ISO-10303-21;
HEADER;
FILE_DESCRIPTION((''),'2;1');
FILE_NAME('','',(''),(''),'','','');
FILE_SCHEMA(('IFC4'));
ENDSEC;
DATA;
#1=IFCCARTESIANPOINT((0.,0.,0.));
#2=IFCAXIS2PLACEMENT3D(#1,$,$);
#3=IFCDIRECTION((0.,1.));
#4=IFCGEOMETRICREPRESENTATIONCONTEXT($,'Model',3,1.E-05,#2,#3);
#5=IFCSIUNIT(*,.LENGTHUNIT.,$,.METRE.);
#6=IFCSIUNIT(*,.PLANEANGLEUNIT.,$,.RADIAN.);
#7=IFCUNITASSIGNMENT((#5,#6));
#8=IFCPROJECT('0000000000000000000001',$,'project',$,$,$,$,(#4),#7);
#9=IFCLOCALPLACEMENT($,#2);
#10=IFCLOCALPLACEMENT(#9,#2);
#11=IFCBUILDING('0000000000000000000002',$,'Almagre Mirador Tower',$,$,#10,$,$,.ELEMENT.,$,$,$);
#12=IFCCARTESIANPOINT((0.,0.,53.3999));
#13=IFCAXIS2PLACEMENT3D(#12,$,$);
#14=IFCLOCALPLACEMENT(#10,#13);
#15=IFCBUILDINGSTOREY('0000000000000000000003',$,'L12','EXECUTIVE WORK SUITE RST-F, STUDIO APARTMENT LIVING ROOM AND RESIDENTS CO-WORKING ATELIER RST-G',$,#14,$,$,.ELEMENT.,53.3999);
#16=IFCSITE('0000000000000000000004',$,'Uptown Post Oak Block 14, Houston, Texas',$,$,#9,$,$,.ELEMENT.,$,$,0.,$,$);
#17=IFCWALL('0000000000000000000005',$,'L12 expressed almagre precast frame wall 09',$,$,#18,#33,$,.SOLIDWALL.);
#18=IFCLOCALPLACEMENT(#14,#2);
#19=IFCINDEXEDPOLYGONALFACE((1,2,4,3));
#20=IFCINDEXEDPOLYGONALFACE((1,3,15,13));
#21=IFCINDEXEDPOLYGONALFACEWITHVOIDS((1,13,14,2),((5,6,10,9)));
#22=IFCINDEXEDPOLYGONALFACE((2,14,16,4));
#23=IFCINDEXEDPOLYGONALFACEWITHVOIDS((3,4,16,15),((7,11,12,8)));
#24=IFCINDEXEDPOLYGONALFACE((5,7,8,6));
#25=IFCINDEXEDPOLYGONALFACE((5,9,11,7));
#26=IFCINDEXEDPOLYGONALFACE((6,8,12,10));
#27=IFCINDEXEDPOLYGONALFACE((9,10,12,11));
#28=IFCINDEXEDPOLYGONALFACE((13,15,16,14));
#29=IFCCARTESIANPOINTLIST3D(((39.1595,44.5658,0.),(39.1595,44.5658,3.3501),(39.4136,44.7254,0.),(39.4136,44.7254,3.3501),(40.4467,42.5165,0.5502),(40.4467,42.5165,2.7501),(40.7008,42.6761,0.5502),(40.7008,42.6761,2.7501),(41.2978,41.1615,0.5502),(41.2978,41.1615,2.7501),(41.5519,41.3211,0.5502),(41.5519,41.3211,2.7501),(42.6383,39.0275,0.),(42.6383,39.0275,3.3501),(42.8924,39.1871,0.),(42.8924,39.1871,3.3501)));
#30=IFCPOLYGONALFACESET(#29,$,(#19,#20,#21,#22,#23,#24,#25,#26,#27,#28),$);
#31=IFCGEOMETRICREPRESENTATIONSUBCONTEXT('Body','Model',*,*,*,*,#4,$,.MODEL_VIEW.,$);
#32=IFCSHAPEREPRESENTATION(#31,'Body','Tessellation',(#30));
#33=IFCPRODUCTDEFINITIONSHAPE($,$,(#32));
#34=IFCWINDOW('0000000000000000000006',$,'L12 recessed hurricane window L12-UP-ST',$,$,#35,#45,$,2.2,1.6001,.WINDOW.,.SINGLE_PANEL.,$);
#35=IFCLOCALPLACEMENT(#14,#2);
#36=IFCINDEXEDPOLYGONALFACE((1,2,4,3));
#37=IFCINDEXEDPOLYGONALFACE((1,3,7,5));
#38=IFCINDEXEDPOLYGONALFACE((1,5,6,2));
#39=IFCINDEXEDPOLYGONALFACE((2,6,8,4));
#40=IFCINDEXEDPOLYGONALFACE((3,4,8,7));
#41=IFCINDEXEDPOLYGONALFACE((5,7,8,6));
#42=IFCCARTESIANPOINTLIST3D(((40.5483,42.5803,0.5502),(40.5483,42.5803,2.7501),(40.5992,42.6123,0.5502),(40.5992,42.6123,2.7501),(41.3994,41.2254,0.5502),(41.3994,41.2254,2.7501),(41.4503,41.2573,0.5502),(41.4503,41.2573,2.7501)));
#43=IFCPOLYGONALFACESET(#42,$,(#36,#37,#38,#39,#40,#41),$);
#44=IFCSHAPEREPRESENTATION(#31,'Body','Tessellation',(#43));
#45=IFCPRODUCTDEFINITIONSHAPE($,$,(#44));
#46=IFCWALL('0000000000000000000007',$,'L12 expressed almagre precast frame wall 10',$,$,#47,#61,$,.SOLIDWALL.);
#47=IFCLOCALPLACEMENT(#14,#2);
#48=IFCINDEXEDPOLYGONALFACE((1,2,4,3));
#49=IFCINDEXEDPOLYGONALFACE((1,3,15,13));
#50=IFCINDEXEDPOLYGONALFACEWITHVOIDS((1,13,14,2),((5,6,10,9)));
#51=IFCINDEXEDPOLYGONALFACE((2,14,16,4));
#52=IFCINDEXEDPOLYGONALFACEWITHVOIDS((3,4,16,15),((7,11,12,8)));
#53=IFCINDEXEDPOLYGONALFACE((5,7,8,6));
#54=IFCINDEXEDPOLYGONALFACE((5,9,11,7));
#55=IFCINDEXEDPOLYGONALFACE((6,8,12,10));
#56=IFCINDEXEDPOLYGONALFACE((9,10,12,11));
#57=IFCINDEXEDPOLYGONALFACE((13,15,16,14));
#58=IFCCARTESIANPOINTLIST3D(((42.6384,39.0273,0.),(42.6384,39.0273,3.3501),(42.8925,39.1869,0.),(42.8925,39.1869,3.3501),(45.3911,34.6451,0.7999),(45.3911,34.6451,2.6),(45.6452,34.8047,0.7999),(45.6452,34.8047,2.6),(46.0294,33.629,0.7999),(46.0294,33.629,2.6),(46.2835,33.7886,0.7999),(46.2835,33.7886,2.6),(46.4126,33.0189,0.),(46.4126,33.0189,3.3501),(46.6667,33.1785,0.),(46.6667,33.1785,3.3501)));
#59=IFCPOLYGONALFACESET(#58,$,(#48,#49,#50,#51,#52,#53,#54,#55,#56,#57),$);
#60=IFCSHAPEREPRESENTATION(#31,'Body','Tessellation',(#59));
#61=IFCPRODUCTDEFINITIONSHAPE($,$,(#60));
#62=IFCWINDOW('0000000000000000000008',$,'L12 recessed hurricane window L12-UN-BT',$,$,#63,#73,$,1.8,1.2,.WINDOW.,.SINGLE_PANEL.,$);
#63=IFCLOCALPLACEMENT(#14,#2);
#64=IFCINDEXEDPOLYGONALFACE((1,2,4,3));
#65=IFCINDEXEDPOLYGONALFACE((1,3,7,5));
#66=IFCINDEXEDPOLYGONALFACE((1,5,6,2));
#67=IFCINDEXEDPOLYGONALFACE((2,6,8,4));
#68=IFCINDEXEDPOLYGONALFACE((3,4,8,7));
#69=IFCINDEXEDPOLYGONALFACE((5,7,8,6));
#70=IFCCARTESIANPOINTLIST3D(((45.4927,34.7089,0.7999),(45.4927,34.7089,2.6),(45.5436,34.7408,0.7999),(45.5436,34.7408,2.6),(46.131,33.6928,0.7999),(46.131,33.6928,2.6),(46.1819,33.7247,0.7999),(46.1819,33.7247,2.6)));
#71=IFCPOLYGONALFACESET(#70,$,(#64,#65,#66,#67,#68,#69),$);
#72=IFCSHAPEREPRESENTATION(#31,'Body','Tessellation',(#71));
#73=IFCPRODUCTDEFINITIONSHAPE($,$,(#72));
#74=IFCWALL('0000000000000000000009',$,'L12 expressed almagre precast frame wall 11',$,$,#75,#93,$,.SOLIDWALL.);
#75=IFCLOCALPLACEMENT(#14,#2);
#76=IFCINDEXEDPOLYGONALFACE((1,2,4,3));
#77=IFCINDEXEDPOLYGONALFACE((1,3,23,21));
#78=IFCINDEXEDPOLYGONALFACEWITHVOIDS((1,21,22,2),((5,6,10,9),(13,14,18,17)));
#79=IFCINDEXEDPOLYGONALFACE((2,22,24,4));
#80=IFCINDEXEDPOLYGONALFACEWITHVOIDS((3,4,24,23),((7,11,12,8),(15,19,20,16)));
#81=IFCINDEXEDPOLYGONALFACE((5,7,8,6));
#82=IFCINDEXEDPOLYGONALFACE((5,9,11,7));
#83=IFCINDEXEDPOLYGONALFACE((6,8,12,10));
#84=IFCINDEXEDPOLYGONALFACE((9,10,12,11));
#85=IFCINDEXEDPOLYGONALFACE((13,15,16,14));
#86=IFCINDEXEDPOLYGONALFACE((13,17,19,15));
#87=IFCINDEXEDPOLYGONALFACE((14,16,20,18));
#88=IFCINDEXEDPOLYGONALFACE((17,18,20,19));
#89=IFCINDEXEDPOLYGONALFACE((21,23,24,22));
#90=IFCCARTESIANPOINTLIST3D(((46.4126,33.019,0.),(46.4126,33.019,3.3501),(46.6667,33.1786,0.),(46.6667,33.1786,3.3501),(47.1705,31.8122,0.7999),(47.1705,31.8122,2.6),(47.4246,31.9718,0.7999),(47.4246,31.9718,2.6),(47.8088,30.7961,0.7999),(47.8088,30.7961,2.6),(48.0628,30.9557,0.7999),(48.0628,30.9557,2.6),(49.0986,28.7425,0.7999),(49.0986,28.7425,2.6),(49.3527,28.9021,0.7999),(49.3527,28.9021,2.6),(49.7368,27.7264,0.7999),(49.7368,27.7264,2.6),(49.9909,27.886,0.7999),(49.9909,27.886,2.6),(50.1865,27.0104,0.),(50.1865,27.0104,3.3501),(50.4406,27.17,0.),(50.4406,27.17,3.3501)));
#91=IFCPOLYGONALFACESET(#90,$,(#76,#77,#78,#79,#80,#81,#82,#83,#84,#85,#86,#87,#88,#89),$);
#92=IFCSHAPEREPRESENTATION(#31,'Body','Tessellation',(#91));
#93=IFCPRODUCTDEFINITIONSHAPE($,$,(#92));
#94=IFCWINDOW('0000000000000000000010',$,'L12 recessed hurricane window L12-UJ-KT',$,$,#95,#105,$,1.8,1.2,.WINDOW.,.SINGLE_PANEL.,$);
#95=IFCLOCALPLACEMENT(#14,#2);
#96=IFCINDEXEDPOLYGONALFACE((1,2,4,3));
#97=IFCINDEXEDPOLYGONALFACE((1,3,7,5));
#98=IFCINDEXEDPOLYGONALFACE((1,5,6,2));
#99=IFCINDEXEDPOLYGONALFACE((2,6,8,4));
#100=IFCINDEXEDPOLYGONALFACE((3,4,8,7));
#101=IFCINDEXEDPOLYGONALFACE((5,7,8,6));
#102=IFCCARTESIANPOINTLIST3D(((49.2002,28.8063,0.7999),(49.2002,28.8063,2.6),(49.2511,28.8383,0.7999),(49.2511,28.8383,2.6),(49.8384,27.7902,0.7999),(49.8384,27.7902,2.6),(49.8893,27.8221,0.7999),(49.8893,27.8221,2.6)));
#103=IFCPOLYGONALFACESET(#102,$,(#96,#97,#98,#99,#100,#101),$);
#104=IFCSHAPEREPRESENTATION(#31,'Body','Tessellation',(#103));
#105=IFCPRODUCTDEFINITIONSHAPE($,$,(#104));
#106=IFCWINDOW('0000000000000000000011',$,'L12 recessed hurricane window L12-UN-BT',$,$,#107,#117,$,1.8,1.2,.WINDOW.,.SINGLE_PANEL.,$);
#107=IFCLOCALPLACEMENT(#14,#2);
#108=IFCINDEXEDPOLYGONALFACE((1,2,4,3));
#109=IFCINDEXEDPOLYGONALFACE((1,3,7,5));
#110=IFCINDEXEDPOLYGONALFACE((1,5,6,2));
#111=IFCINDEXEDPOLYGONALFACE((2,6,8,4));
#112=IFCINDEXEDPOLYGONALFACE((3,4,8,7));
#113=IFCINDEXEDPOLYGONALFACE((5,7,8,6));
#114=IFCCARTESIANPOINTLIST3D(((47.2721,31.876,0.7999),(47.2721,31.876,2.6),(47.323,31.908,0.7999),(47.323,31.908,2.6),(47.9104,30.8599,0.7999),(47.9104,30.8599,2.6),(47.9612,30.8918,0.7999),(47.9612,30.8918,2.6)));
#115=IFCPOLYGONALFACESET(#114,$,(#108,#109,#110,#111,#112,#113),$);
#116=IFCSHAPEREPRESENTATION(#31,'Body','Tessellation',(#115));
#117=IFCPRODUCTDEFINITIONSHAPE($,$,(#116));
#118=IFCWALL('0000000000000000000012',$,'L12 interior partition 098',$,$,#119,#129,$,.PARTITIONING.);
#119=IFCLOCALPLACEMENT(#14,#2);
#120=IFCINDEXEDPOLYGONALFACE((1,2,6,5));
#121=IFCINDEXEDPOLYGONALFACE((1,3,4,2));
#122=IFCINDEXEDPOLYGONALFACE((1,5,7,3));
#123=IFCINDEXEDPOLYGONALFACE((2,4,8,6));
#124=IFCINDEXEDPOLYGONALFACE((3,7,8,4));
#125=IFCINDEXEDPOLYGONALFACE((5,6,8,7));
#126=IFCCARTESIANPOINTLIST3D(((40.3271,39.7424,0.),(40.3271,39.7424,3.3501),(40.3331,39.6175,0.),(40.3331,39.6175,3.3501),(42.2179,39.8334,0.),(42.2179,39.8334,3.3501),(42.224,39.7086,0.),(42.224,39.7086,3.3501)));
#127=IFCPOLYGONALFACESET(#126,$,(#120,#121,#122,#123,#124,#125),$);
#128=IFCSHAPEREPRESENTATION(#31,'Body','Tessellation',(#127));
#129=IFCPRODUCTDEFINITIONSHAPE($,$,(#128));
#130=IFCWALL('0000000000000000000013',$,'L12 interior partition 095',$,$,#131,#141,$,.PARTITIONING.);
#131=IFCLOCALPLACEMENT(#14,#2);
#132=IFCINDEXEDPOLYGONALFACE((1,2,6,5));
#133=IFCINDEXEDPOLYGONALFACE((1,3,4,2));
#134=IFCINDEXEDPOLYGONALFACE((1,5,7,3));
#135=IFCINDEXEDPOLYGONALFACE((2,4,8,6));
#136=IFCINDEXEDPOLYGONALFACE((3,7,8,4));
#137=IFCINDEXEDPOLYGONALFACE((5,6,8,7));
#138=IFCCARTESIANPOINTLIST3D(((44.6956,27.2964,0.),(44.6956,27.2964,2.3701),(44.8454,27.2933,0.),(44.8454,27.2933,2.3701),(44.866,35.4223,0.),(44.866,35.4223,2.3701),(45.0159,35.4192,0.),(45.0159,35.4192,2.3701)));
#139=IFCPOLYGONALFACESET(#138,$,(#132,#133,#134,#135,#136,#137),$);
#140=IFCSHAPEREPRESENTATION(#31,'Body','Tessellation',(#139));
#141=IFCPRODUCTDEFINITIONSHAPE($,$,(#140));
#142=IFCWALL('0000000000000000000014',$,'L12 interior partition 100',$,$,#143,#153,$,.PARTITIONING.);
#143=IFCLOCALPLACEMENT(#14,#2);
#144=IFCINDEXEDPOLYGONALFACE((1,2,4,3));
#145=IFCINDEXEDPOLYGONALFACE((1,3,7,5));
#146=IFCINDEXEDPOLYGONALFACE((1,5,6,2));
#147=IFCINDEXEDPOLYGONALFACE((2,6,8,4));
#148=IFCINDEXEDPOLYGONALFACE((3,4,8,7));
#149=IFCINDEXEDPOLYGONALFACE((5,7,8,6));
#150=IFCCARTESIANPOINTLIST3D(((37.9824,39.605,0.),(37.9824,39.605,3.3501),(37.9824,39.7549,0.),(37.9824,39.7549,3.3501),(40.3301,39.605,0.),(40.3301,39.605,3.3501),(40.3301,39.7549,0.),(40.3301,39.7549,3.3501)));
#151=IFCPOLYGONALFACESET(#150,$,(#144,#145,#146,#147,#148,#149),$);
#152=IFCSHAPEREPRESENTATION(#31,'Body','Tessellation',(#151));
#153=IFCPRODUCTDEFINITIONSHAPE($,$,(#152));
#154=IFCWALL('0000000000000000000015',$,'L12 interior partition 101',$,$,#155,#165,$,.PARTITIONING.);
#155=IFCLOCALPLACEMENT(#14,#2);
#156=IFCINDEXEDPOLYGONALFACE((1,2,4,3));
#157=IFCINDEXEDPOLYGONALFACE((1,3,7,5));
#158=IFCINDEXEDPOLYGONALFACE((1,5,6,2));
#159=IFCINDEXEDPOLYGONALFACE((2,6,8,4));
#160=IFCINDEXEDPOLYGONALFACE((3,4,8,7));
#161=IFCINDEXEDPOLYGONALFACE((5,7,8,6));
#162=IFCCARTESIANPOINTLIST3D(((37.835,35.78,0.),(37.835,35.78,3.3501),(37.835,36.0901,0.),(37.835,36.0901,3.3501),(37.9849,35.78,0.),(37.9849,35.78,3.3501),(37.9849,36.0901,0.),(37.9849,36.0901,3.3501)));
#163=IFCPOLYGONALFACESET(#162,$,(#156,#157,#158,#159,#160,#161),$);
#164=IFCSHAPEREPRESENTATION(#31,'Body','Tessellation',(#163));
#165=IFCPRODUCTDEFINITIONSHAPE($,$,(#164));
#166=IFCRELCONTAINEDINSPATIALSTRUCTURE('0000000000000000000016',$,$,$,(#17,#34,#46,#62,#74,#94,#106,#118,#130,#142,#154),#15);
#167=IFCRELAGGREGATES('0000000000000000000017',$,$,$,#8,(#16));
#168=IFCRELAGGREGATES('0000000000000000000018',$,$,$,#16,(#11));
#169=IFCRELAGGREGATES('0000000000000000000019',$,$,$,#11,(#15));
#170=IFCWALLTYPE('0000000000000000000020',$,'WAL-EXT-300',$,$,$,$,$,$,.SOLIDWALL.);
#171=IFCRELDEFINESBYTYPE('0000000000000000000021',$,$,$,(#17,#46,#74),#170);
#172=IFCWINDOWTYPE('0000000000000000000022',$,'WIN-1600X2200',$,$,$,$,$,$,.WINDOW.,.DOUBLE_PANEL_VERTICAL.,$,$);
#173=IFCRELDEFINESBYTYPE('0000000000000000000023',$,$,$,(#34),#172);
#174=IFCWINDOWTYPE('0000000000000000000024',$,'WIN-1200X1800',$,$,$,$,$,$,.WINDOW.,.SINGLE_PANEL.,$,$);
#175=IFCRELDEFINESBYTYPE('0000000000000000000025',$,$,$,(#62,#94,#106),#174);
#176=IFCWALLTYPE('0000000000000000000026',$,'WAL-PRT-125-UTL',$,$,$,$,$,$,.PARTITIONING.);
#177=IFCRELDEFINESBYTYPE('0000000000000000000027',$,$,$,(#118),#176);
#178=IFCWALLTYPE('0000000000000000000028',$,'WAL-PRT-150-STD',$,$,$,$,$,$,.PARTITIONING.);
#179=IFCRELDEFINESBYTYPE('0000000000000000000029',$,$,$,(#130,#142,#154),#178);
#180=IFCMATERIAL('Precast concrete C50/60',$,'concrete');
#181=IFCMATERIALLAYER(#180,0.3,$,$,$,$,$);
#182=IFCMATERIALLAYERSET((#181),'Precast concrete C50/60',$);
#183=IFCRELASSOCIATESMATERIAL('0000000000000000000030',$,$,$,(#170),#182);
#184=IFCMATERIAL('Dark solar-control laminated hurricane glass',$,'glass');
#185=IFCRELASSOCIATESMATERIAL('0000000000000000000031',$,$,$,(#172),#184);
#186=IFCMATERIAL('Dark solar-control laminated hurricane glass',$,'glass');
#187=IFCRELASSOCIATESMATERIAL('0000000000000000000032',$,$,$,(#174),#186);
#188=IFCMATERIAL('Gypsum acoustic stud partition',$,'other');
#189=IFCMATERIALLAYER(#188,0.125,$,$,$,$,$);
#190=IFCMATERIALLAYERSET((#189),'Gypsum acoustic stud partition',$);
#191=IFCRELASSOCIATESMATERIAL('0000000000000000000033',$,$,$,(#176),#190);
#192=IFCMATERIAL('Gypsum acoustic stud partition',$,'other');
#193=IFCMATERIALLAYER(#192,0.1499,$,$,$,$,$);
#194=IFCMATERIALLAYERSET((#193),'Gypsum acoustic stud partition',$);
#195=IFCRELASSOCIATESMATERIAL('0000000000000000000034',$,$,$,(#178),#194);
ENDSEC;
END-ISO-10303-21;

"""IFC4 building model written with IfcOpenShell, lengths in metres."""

from ifc_helpers import new_model, si_unit, direction, frame, frame_2d, origin, place, context, subcontext, project, spatial, rectangle, extrude, material, layer, layer_set, type_object, element, fill, save


model = new_model("IFC4")

# Units and contexts
model_context = context("Model", 3, precision=1e-05, world=origin(), true_north=direction((0.0, 1.0)))
body_context = subcontext(model_context, "Body", "Model", "MODEL_VIEW")
ifc_project = project(units=[si_unit("LENGTHUNIT", "METRE"), si_unit("PLANEANGLEUNIT", "RADIAN")], contexts=[model_context])

# Site, building, storey
site_placement = place(None, origin())
site = spatial("IfcSite", under=ifc_project, at=site_placement, Name="Uptown Post Oak Block 14, Houston, Texas", CompositionType="ELEMENT", RefElevation=0.0)
building_placement = place(site_placement, origin())
building = spatial("IfcBuilding", under=site, at=building_placement, Name="Almagre Mirador Tower", CompositionType="ELEMENT")
storey_placement = place(building_placement, frame((0.0, 0.0, 53.3999)))
storey = spatial("IfcBuildingStorey", under=building, at=storey_placement, Name="L12", Description="EXECUTIVE WORK SUITE RST-F, STUDIO APARTMENT LIVING ROOM AND RESIDENTS CO-WORKING ATELIER RST-G", CompositionType="ELEMENT", Elevation=53.3999)

# Shared definitions
ifc_material_1 = material(Name="Precast concrete C50/60", Category="concrete")
ifc_layer_1 = layer(ifc_material_1, 0.3)
ifc_layer_set_1 = layer_set([ifc_layer_1], Name="Precast concrete C50/60")
wall_type_1 = type_object("IfcWallType", Name="WAL-EXT-300", PredefinedType="SOLIDWALL", material=ifc_layer_set_1)

# Walls, openings, windows
wall_1_placement = place(storey_placement, frame((39.2866, 44.6455, 0.0), z_axis=(0.0, 0.0, 1.0), x_axis=(0.5319, -0.846807, 0.0)))
wall_1 = element("IfcWall", 1, at=wall_1_placement, inside=storey, type_object=wall_type_1, Name="L12 expressed almagre precast frame wall 09", PredefinedType="SOLIDWALL", context=body_context, shape_type="SweptSolid", body=[
    extrude(rectangle(XDim=6.5403, YDim=0.3, at=frame_2d((3.27, 0.0))), origin(), (0.0, 0.0, 1.0), 3.3501),
])
opening_1_placement = place(wall_1_placement, frame((2.4199, 0.0, 0.55)))
opening_1 = element("IfcOpeningElement", 2, at=opening_1_placement, cuts=wall_1, PredefinedType="OPENING", context=body_context, shape_type="SweptSolid", body=[
    extrude(rectangle(XDim=1.6001, YDim=2.2, at=frame_2d((0.8, 1.1001))), frame((0.0, 0.1599, 0.0), z_axis=(0.0, -1.0, 0.0), x_axis=(1.0, 0.0, 0.0)), (0.0, 0.0, 1.0), 0.32),
])
ifc_material_2 = material(Name="Dark solar-control laminated hurricane glass", Category="glass")
window_type_1 = type_object("IfcWindowType", Name="WIN-1600X2200", PartitioningType="DOUBLE_PANEL_VERTICAL", PredefinedType="WINDOW", material=ifc_material_2)
window_1_placement = place(opening_1_placement, origin())
window_1 = element("IfcWindow", 3, at=window_1_placement, inside=storey, type_object=window_type_1, Name="L12 recessed hurricane window L12-UP-ST", OverallHeight=2.2, OverallWidth=1.6001, PartitioningType="SINGLE_PANEL", PredefinedType="WINDOW", context=body_context, shape_type="SweptSolid", body=[
    extrude(rectangle(XDim=1.6001, YDim=2.2, at=frame_2d((0.8, 1.1001))), frame((0.0, 0.03, 0.0), z_axis=(0.0, -1.0, 0.0), x_axis=(1.0, 0.0, 0.0)), (0.0, 0.0, 1.0), 0.0601),
])
fill(opening_1, window_1)
wall_2_placement = place(storey_placement, frame((42.7654, 39.1072, 0.0), z_axis=(0.0, 0.0, 1.0), x_axis=(0.531921, -0.846794, 0.0)))
wall_2 = element("IfcWall", 4, at=wall_2_placement, inside=storey, type_object=wall_type_1, Name="L12 expressed almagre precast frame wall 10", PredefinedType="SOLIDWALL", context=body_context, shape_type="SweptSolid", body=[
    extrude(rectangle(XDim=7.0955, YDim=0.3, at=frame_2d((3.5479, 0.0))), origin(), (0.0, 0.0, 1.0), 3.3501),
])
opening_2_placement = place(wall_2_placement, frame((5.175, 0.0, 0.8)))
opening_2 = element("IfcOpeningElement", 5, at=opening_2_placement, cuts=wall_2, PredefinedType="OPENING", context=body_context, shape_type="SweptSolid", body=[
    extrude(rectangle(XDim=1.2, YDim=1.8, at=frame_2d((0.6001, 0.8999))), frame((0.0, 0.1599, 0.0), z_axis=(0.0, -1.0, 0.0), x_axis=(1.0, 0.0, 0.0)), (0.0, 0.0, 1.0), 0.32),
])
ifc_material_3 = material(Name="Dark solar-control laminated hurricane glass", Category="glass")
window_type_2 = type_object("IfcWindowType", Name="WIN-1200X1800", PartitioningType="SINGLE_PANEL", PredefinedType="WINDOW", material=ifc_material_3)
window_2_placement = place(opening_2_placement, origin())
window_2 = element("IfcWindow", 6, at=window_2_placement, inside=storey, type_object=window_type_2, Name="L12 recessed hurricane window L12-UN-BT", OverallHeight=1.8, OverallWidth=1.2, PartitioningType="SINGLE_PANEL", PredefinedType="WINDOW", context=body_context, shape_type="SweptSolid", body=[
    extrude(rectangle(XDim=1.2, YDim=1.8, at=frame_2d((0.6001, 0.8999))), frame((0.0, 0.03, 0.0), z_axis=(0.0, -1.0, 0.0), x_axis=(1.0, 0.0, 0.0)), (0.0, 0.0, 1.0), 0.0601),
])
fill(opening_2, window_2)

# Wall, openings, windows
wall_3_placement = place(storey_placement, frame((46.5396, 33.0989, 0.0), z_axis=(0.0, 0.0, 1.0), x_axis=(0.531881, -0.846819, 0.0)))
wall_3 = element("IfcWall", 7, at=wall_3_placement, inside=storey, type_object=wall_type_1, Name="L12 expressed almagre precast frame wall 11", PredefinedType="SOLIDWALL", context=body_context, shape_type="SweptSolid", body=[
    extrude(rectangle(XDim=7.0955, YDim=0.3, at=frame_2d((3.5479, 0.0))), origin(), (0.0, 0.0, 1.0), 3.3501),
])
opening_3_placement = place(wall_3_placement, frame((5.05, 0.0, 0.8)))
opening_3 = element("IfcOpeningElement", 8, at=opening_3_placement, cuts=wall_3, PredefinedType="OPENING", context=body_context, shape_type="SweptSolid", body=[
    extrude(rectangle(XDim=1.2, YDim=1.8, at=frame_2d((0.6001, 0.8999))), frame((0.0, 0.1599, 0.0), z_axis=(0.0, -1.0, 0.0), x_axis=(1.0, 0.0, 0.0)), (0.0, 0.0, 1.0), 0.32),
])
opening_4_placement = place(wall_3_placement, frame((1.425, 0.0, 0.8)))
opening_4 = element("IfcOpeningElement", 9, at=opening_4_placement, cuts=wall_3, PredefinedType="OPENING", context=body_context, shape_type="SweptSolid", body=[
    extrude(rectangle(XDim=1.2, YDim=1.8, at=frame_2d((0.6001, 0.8999))), frame((0.0, 0.1599, 0.0), z_axis=(0.0, -1.0, 0.0), x_axis=(1.0, 0.0, 0.0)), (0.0, 0.0, 1.0), 0.32),
])
window_3_placement = place(opening_3_placement, origin())
window_3 = element("IfcWindow", 10, at=window_3_placement, inside=storey, type_object=window_type_2, Name="L12 recessed hurricane window L12-UJ-KT", OverallHeight=1.8, OverallWidth=1.2, PartitioningType="SINGLE_PANEL", PredefinedType="WINDOW", context=body_context, shape_type="SweptSolid", body=[
    extrude(rectangle(XDim=1.2, YDim=1.8, at=frame_2d((0.6001, 0.8999))), frame((0.0, 0.03, 0.0), z_axis=(0.0, -1.0, 0.0), x_axis=(1.0, 0.0, 0.0)), (0.0, 0.0, 1.0), 0.0601),
])
fill(opening_3, window_3)
window_4_placement = place(opening_4_placement, origin())
window_4 = element("IfcWindow", 11, at=window_4_placement, inside=storey, type_object=window_type_2, Name="L12 recessed hurricane window L12-UN-BT", OverallHeight=1.8, OverallWidth=1.2, PartitioningType="SINGLE_PANEL", PredefinedType="WINDOW", context=body_context, shape_type="SweptSolid", body=[
    extrude(rectangle(XDim=1.2, YDim=1.8, at=frame_2d((0.6001, 0.8999))), frame((0.0, 0.03, 0.0), z_axis=(0.0, -1.0, 0.0), x_axis=(1.0, 0.0, 0.0)), (0.0, 0.0, 1.0), 0.0601),
])
fill(opening_4, window_4)

# Walls
ifc_material_4 = material(Name="Gypsum acoustic stud partition", Category="other")
ifc_layer_2 = layer(ifc_material_4, 0.125)
ifc_layer_set_2 = layer_set([ifc_layer_2], Name="Gypsum acoustic stud partition")
wall_type_2 = type_object("IfcWallType", Name="WAL-PRT-125-UTL", PredefinedType="PARTITIONING", material=ifc_layer_set_2)
wall_4_placement = place(storey_placement, frame((40.3301, 39.6799, 0.0), z_axis=(0.0, 0.0, 1.0), x_axis=(0.998842, 0.048104, 0.0)))
element("IfcWall", 12, at=wall_4_placement, inside=storey, type_object=wall_type_2, Name="L12 interior partition 098", PredefinedType="PARTITIONING", context=body_context, shape_type="SweptSolid", body=[
    extrude(rectangle(XDim=1.8931, YDim=0.125, at=frame_2d((0.9465, 0.0))), origin(), (0.0, 0.0, 1.0), 3.3501),
])
ifc_material_5 = material(Name="Gypsum acoustic stud partition", Category="other")
ifc_layer_3 = layer(ifc_material_5, 0.1499)
ifc_layer_set_3 = layer_set([ifc_layer_3], Name="Gypsum acoustic stud partition")
wall_type_3 = type_object("IfcWallType", Name="WAL-PRT-150-STD", PredefinedType="PARTITIONING", material=ifc_layer_set_3)
wall_5_placement = place(storey_placement, frame((44.9409, 35.4209, 0.0), z_axis=(0.0, 0.0, 1.0), x_axis=(-0.020966, -0.99978, 0.0)))
element("IfcWall", 13, at=wall_5_placement, inside=storey, type_object=wall_type_3, Name="L12 interior partition 095", PredefinedType="PARTITIONING", context=body_context, shape_type="SweptSolid", body=[
    extrude(rectangle(XDim=8.1277, YDim=0.1499, at=frame_2d((4.064, 0.0))), origin(), (0.0, 0.0, 1.0), 2.3701),
])
wall_6_placement = place(storey_placement, frame((37.9824, 39.6799, 0.0), z_axis=(0.0, 0.0, 1.0), x_axis=(1.0, 0.0, 0.0)))
element("IfcWall", 14, at=wall_6_placement, inside=storey, type_object=wall_type_3, Name="L12 interior partition 100", PredefinedType="PARTITIONING", context=body_context, shape_type="SweptSolid", body=[
    extrude(rectangle(XDim=2.3477, YDim=0.1499, at=frame_2d((1.1738, 0.0))), origin(), (0.0, 0.0, 1.0), 3.3501),
])
wall_7_placement = place(storey_placement, frame((37.9099, 35.78, 0.0), z_axis=(0.0, 0.0, 1.0), x_axis=(0.0, 1.0, 0.0)))
element("IfcWall", 15, at=wall_7_placement, inside=storey, type_object=wall_type_3, Name="L12 interior partition 101", PredefinedType="PARTITIONING", context=body_context, shape_type="SweptSolid", body=[
    extrude(rectangle(XDim=0.3101, YDim=0.1499, at=frame_2d((0.155, 0.0))), origin(), (0.0, 0.0, 1.0), 3.3501),
])

save(model, "model.ifc")
